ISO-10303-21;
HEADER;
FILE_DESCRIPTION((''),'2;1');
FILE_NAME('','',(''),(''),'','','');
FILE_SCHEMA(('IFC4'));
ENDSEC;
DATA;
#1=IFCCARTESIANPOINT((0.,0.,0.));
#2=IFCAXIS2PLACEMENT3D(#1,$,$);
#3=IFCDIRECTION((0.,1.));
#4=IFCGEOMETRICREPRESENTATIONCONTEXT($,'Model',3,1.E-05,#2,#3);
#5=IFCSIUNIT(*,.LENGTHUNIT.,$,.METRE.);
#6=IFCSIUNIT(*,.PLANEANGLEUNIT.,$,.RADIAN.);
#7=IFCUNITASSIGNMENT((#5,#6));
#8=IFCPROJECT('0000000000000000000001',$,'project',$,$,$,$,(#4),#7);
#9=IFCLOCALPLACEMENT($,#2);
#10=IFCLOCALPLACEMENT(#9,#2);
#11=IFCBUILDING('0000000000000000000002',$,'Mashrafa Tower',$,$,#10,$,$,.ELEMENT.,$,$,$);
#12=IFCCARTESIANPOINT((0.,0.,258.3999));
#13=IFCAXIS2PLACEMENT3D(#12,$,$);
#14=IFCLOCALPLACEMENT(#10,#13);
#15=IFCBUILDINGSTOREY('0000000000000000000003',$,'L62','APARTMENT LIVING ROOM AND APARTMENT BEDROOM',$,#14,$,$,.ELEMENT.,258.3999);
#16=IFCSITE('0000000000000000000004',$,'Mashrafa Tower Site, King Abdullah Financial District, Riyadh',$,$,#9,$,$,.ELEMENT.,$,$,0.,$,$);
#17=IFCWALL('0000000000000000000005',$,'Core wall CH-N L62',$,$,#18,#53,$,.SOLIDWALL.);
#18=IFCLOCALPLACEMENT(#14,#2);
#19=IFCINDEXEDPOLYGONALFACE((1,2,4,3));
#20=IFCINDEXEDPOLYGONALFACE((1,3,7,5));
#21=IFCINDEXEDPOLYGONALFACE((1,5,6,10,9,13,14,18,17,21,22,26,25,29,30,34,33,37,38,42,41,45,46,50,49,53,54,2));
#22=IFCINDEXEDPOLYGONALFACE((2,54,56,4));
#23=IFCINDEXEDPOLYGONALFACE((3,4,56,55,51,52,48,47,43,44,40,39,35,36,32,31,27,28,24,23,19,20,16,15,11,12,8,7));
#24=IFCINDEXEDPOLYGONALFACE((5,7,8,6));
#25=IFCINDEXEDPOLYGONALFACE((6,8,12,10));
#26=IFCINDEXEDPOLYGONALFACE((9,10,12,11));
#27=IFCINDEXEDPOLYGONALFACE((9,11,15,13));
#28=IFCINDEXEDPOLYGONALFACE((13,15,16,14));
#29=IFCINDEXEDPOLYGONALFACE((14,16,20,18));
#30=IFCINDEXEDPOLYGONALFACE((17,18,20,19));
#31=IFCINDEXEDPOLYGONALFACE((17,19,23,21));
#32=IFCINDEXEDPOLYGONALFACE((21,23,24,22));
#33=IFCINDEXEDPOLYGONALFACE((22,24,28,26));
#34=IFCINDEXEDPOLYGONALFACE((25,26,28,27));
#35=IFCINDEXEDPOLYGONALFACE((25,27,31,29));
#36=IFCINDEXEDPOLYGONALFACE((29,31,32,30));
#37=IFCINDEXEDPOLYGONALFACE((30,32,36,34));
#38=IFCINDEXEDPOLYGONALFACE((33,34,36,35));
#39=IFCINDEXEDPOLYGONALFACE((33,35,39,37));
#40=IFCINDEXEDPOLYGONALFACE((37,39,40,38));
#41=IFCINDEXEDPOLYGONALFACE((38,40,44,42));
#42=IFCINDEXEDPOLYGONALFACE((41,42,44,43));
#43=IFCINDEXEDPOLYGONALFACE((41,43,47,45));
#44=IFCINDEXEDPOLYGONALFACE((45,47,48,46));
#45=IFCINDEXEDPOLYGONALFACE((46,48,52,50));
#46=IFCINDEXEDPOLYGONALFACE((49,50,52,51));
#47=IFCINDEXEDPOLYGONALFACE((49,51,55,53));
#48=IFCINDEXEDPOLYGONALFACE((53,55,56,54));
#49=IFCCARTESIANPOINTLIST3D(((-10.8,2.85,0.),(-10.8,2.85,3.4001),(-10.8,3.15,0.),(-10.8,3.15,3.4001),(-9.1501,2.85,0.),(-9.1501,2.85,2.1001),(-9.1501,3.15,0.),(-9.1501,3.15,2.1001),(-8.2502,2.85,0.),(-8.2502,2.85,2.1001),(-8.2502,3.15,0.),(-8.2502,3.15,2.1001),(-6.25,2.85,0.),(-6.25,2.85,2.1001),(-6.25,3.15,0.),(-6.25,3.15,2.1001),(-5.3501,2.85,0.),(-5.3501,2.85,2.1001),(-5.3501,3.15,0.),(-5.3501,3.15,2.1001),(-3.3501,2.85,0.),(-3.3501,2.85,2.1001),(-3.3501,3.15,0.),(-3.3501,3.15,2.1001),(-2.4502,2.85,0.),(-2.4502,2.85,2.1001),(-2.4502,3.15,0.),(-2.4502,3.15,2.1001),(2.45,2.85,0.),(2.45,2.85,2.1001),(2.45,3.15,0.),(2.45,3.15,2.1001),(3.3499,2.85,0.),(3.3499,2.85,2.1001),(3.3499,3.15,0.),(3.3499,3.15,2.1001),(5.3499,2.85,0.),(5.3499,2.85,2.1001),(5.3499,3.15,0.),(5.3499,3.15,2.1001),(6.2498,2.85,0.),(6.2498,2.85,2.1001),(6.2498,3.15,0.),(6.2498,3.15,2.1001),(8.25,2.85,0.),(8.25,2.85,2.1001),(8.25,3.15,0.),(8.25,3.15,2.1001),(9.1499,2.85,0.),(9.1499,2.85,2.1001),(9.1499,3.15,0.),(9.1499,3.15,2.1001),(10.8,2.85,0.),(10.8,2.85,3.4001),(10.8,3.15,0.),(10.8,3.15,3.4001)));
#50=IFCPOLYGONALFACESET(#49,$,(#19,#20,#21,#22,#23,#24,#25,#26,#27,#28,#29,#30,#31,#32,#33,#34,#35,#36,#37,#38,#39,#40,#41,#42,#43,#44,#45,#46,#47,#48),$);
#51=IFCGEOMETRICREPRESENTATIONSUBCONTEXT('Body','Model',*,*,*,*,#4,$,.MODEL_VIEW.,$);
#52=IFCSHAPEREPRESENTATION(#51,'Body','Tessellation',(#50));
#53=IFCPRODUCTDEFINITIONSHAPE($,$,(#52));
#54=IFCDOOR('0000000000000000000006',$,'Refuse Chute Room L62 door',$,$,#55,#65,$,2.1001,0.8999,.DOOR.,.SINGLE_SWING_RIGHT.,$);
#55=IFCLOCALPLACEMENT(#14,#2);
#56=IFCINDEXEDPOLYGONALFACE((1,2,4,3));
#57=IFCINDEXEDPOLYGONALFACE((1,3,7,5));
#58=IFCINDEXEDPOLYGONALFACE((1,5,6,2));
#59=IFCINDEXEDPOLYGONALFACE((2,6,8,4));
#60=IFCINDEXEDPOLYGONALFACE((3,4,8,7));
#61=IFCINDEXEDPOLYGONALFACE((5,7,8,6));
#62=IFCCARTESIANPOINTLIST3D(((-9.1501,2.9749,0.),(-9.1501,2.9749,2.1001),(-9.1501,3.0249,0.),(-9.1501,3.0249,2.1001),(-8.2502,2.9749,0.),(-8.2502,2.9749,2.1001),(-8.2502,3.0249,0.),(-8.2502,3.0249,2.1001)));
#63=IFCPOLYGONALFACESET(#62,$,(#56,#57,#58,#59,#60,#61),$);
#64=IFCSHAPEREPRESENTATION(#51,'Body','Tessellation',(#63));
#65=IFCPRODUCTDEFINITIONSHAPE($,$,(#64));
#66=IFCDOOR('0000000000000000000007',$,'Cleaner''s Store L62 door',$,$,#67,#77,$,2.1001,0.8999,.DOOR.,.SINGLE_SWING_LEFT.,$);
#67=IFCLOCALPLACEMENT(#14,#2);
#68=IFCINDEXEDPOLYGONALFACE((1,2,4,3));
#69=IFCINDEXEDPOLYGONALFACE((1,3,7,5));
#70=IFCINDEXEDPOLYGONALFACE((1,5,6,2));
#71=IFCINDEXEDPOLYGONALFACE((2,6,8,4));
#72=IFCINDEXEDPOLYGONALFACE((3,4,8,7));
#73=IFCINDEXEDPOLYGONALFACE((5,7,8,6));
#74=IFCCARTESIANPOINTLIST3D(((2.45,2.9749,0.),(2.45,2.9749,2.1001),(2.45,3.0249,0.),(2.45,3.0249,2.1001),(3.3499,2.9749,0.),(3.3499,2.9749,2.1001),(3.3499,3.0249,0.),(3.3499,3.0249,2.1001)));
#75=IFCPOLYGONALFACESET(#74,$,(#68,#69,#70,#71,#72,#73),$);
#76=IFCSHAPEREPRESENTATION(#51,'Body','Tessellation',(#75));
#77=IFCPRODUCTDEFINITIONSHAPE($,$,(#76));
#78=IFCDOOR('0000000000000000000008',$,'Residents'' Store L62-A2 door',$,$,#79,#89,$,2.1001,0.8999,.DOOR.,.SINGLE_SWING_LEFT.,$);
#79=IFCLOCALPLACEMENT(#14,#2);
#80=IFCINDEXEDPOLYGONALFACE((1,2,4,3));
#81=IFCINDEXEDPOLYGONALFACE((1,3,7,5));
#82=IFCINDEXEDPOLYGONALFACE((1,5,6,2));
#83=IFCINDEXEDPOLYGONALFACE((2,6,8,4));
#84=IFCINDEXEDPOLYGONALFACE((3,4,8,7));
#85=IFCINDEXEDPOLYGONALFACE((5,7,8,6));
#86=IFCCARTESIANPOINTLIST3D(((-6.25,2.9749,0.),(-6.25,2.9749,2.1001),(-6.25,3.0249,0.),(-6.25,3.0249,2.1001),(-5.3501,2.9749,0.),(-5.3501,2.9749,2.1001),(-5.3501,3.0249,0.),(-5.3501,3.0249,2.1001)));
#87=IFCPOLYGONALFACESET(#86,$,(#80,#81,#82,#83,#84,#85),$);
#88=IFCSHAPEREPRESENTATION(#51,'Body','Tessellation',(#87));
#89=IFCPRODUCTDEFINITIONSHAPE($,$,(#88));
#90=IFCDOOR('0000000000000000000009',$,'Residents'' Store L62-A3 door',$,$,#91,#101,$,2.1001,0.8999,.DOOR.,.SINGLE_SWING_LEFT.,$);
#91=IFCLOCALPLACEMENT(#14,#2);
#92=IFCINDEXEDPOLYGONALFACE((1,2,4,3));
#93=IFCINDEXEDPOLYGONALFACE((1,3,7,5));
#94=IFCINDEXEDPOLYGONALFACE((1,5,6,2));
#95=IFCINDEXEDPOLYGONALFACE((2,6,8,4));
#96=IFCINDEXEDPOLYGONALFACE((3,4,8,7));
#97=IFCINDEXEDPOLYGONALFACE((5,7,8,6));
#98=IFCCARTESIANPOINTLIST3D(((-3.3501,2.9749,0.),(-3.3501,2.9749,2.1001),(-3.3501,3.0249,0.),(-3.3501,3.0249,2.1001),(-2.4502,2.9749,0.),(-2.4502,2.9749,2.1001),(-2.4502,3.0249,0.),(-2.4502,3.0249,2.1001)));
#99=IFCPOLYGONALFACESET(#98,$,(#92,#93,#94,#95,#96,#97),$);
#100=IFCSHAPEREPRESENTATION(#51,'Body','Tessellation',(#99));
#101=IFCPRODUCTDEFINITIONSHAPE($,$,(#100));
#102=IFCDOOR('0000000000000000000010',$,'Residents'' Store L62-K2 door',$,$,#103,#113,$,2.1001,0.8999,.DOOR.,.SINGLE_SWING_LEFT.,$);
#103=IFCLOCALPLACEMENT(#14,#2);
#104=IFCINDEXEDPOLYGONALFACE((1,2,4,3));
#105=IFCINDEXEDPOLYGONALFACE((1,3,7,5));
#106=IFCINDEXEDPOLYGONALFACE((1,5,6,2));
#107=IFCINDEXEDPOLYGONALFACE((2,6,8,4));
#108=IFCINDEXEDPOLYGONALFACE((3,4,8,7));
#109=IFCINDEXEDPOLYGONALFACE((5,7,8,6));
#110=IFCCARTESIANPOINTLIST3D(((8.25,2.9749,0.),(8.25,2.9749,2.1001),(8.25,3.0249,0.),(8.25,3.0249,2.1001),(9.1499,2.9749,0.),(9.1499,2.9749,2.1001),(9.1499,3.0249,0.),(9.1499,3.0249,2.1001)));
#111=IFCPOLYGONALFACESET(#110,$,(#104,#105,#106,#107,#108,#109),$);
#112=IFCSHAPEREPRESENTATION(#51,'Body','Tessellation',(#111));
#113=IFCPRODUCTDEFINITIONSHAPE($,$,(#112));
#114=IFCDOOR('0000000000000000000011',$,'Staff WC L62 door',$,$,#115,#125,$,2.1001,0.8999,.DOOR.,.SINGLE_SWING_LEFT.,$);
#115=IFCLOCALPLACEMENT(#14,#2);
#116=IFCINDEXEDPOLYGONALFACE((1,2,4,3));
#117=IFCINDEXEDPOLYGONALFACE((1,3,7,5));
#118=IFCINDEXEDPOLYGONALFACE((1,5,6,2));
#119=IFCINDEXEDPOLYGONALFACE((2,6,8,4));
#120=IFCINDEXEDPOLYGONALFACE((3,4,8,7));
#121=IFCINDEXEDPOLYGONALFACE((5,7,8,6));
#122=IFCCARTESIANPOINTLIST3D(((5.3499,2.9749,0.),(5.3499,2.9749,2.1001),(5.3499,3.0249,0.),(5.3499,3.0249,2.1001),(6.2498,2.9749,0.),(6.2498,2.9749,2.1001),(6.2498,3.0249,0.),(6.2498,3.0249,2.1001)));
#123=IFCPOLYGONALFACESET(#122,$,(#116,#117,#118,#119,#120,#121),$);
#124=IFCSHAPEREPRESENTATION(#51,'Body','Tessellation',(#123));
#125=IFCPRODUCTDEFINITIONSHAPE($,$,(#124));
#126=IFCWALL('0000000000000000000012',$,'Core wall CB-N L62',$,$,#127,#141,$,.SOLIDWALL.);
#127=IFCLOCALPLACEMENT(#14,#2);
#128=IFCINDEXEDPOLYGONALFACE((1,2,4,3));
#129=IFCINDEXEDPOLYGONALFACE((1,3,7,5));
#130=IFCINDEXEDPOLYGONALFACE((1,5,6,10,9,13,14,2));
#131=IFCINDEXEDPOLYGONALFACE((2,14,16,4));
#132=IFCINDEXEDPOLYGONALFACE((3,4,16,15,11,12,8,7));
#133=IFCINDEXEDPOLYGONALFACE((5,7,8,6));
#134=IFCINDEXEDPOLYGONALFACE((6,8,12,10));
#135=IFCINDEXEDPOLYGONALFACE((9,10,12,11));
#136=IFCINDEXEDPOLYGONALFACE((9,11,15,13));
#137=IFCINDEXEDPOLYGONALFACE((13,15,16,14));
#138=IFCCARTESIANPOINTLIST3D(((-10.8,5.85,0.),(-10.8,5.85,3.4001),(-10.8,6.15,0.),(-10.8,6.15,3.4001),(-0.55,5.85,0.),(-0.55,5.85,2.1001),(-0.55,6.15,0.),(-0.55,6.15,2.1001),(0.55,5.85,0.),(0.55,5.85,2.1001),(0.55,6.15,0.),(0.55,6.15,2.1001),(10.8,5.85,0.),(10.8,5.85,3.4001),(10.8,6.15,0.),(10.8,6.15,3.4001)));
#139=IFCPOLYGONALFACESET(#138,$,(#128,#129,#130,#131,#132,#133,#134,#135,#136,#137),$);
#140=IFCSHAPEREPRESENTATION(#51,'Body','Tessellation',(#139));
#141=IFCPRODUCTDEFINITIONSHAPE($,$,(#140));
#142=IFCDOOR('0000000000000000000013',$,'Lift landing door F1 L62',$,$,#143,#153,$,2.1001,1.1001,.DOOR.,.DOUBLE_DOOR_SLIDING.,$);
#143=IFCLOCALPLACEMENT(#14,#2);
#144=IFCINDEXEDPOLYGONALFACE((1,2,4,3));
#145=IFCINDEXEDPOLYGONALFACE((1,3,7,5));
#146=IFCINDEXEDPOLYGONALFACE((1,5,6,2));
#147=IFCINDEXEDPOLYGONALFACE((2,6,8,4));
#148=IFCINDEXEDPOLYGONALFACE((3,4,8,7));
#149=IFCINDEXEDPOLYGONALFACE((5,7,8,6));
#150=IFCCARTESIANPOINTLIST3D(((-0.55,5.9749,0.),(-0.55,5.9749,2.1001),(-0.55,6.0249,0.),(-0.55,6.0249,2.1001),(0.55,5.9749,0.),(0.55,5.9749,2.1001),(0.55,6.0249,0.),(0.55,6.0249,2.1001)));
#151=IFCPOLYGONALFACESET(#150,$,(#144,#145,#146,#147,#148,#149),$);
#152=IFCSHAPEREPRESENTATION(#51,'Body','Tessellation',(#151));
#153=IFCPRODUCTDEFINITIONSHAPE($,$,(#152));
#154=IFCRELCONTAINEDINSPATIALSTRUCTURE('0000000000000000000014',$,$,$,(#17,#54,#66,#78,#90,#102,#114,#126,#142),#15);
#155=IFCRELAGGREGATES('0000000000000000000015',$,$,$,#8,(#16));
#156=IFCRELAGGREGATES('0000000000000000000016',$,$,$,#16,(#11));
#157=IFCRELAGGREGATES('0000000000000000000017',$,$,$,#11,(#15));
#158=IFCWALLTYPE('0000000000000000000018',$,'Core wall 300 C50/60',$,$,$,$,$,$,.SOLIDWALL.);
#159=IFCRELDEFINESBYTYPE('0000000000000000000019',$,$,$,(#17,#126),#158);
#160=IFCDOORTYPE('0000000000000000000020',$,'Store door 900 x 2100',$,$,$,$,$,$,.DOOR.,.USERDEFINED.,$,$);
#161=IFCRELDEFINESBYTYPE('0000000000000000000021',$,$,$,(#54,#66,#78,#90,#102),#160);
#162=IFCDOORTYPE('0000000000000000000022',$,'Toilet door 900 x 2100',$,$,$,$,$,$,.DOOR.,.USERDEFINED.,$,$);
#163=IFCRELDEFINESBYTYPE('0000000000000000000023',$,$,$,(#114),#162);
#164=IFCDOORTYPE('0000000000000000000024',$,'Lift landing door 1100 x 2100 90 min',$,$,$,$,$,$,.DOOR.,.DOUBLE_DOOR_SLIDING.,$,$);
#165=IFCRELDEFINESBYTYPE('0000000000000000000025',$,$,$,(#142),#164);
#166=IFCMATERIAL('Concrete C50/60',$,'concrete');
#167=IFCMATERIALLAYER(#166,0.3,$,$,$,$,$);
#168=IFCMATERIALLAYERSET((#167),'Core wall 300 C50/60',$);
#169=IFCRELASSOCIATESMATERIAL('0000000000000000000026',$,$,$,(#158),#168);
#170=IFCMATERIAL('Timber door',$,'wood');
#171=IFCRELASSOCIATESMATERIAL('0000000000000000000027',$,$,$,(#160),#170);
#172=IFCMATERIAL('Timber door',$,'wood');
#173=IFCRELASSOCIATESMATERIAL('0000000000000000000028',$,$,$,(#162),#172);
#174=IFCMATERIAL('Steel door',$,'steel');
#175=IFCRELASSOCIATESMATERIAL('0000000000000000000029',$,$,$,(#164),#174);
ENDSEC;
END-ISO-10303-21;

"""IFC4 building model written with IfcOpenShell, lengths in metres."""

from ifc_helpers import new_model, si_unit, direction, frame, frame_2d, origin, place, context, subcontext, project, spatial, rectangle, extrude, material, layer, layer_set, type_object, element, fill, save


model = new_model("IFC4")

# Units and contexts
model_context = context("Model", 3, precision=1e-05, world=origin(), true_north=direction((0.0, 1.0)))
body_context = subcontext(model_context, "Body", "Model", "MODEL_VIEW")
ifc_project = project(units=[si_unit("LENGTHUNIT", "METRE"), si_unit("PLANEANGLEUNIT", "RADIAN")], contexts=[model_context])

# Site, building, storey
site_placement = place(None, origin())
site = spatial("IfcSite", under=ifc_project, at=site_placement, Name="Mashrafa Tower Site, King Abdullah Financial District, Riyadh", CompositionType="ELEMENT", RefElevation=0.0)
building_placement = place(site_placement, origin())
building = spatial("IfcBuilding", under=site, at=building_placement, Name="Mashrafa Tower", CompositionType="ELEMENT")
storey_placement = place(building_placement, frame((0.0, 0.0, 258.3999)))
storey = spatial("IfcBuildingStorey", under=building, at=storey_placement, Name="L62", Description="APARTMENT LIVING ROOM AND APARTMENT BEDROOM", CompositionType="ELEMENT", Elevation=258.3999)

# Wall, openings, doors
ifc_material_1 = material(Name="Concrete C50/60", Category="concrete")
ifc_layer_1 = layer(ifc_material_1, 0.3)
ifc_layer_set_1 = layer_set([ifc_layer_1], Name="Core wall 300 C50/60")
wall_type_1 = type_object("IfcWallType", Name="Core wall 300 C50/60", PredefinedType="SOLIDWALL", material=ifc_layer_set_1)
wall_1_placement = place(storey_placement, frame((-10.8, 3.0, 0.0), z_axis=(0.0, 0.0, 1.0), x_axis=(1.0, 0.0, 0.0)))
wall_1 = element("IfcWall", 1, at=wall_1_placement, inside=storey, type_object=wall_type_1, Name="Core wall CH-N L62", PredefinedType="SOLIDWALL", context=body_context, shape_type="SweptSolid", body=[
    extrude(rectangle(XDim=21.6001, YDim=0.3, at=frame_2d((10.8, 0.0))), origin(), (0.0, 0.0, 1.0), 3.4001),
])
opening_1_placement = place(wall_1_placement, frame((1.6499, 0.0, 0.0)))
opening_1 = element("IfcOpeningElement", 2, at=opening_1_placement, cuts=wall_1, PredefinedType="OPENING", context=body_context, shape_type="SweptSolid", body=[
    extrude(rectangle(XDim=0.8999, YDim=2.1001, at=frame_2d((0.45, 1.05))), frame((0.0, 0.1599, 0.0), z_axis=(0.0, -1.0, 0.0), x_axis=(1.0, 0.0, 0.0)), (0.0, 0.0, 1.0), 0.3201),
])
opening_2_placement = place(wall_1_placement, frame((13.25, 0.0, 0.0)))
opening_2 = element("IfcOpeningElement", 3, at=opening_2_placement, cuts=wall_1, PredefinedType="OPENING", context=body_context, shape_type="SweptSolid", body=[
    extrude(rectangle(XDim=0.8999, YDim=2.1001, at=frame_2d((0.45, 1.05))), frame((0.0, 0.1599, 0.0), z_axis=(0.0, -1.0, 0.0), x_axis=(1.0, 0.0, 0.0)), (0.0, 0.0, 1.0), 0.3201),
])
opening_3_placement = place(wall_1_placement, frame((16.1499, 0.0, 0.0)))
opening_3 = element("IfcOpeningElement", 4, at=opening_3_placement, cuts=wall_1, PredefinedType="OPENING", context=body_context, shape_type="SweptSolid", body=[
    extrude(rectangle(XDim=0.8999, YDim=2.1001, at=frame_2d((0.45, 1.05))), frame((0.0, 0.1599, 0.0), z_axis=(0.0, -1.0, 0.0), x_axis=(1.0, 0.0, 0.0)), (0.0, 0.0, 1.0), 0.3201),
])
opening_4_placement = place(wall_1_placement, frame((4.55, 0.0, 0.0)))
opening_4 = element("IfcOpeningElement", 5, at=opening_4_placement, cuts=wall_1, PredefinedType="OPENING", context=body_context, shape_type="SweptSolid", body=[
    extrude(rectangle(XDim=0.8999, YDim=2.1001, at=frame_2d((0.45, 1.05))), frame((0.0, 0.1599, 0.0), z_axis=(0.0, -1.0, 0.0), x_axis=(1.0, 0.0, 0.0)), (0.0, 0.0, 1.0), 0.3201),
])
opening_5_placement = place(wall_1_placement, frame((7.45, 0.0, 0.0)))
opening_5 = element("IfcOpeningElement", 6, at=opening_5_placement, cuts=wall_1, PredefinedType="OPENING", context=body_context, shape_type="SweptSolid", body=[
    extrude(rectangle(XDim=0.8999, YDim=2.1001, at=frame_2d((0.45, 1.05))), frame((0.0, 0.1599, 0.0), z_axis=(0.0, -1.0, 0.0), x_axis=(1.0, 0.0, 0.0)), (0.0, 0.0, 1.0), 0.3201),
])
opening_6_placement = place(wall_1_placement, frame((19.05, 0.0, 0.0)))
opening_6 = element("IfcOpeningElement", 7, at=opening_6_placement, cuts=wall_1, PredefinedType="OPENING", context=body_context, shape_type="SweptSolid", body=[
    extrude(rectangle(XDim=0.8999, YDim=2.1001, at=frame_2d((0.45, 1.05))), frame((0.0, 0.1599, 0.0), z_axis=(0.0, -1.0, 0.0), x_axis=(1.0, 0.0, 0.0)), (0.0, 0.0, 1.0), 0.3201),
])
ifc_material_2 = material(Name="Timber door", Category="wood")
door_type_1 = type_object("IfcDoorType", Name="Store door 900 x 2100", OperationType="USERDEFINED", PredefinedType="DOOR", material=ifc_material_2)
door_1_placement = place(opening_1_placement, origin())
door_1 = element("IfcDoor", 8, at=door_1_placement, inside=storey, type_object=door_type_1, Name="Refuse Chute Room L62 door", OperationType="SINGLE_SWING_RIGHT", OverallHeight=2.1001, OverallWidth=0.8999, PredefinedType="DOOR", context=body_context, shape_type="SweptSolid", body=[
    extrude(rectangle(XDim=0.8999, YDim=2.1001, at=frame_2d((0.45, 1.05))), frame((0.0, 0.0249, 0.0), z_axis=(0.0, -1.0, 0.0), x_axis=(1.0, 0.0, 0.0)), (0.0, 0.0, 1.0), 0.05),
])
fill(opening_1, door_1)
door_2_placement = place(opening_2_placement, origin())
door_2 = element("IfcDoor", 9, at=door_2_placement, inside=storey, type_object=door_type_1, Name="Cleaner's Store L62 door", OperationType="SINGLE_SWING_LEFT", OverallHeight=2.1001, OverallWidth=0.8999, PredefinedType="DOOR", context=body_context, shape_type="SweptSolid", body=[
    extrude(rectangle(XDim=0.8999, YDim=2.1001, at=frame_2d((0.45, 1.05))), frame((0.0, 0.0249, 0.0), z_axis=(0.0, -1.0, 0.0), x_axis=(1.0, 0.0, 0.0)), (0.0, 0.0, 1.0), 0.05),
])
fill(opening_2, door_2)
door_3_placement = place(opening_4_placement, origin())
door_3 = element("IfcDoor", 10, at=door_3_placement, inside=storey, type_object=door_type_1, Name="Residents' Store L62-A2 door", OperationType="SINGLE_SWING_LEFT", OverallHeight=2.1001, OverallWidth=0.8999, PredefinedType="DOOR", context=body_context, shape_type="SweptSolid", body=[
    extrude(rectangle(XDim=0.8999, YDim=2.1001, at=frame_2d((0.45, 1.05))), frame((0.0, 0.0249, 0.0), z_axis=(0.0, -1.0, 0.0), x_axis=(1.0, 0.0, 0.0)), (0.0, 0.0, 1.0), 0.05),
])
fill(opening_4, door_3)
door_4_placement = place(opening_5_placement, origin())
door_4 = element("IfcDoor", 11, at=door_4_placement, inside=storey, type_object=door_type_1, Name="Residents' Store L62-A3 door", OperationType="SINGLE_SWING_LEFT", OverallHeight=2.1001, OverallWidth=0.8999, PredefinedType="DOOR", context=body_context, shape_type="SweptSolid", body=[
    extrude(rectangle(XDim=0.8999, YDim=2.1001, at=frame_2d((0.45, 1.05))), frame((0.0, 0.0249, 0.0), z_axis=(0.0, -1.0, 0.0), x_axis=(1.0, 0.0, 0.0)), (0.0, 0.0, 1.0), 0.05),
])
fill(opening_5, door_4)
door_5_placement = place(opening_6_placement, origin())
door_5 = element("IfcDoor", 12, at=door_5_placement, inside=storey, type_object=door_type_1, Name="Residents' Store L62-K2 door", OperationType="SINGLE_SWING_LEFT", OverallHeight=2.1001, OverallWidth=0.8999, PredefinedType="DOOR", context=body_context, shape_type="SweptSolid", body=[
    extrude(rectangle(XDim=0.8999, YDim=2.1001, at=frame_2d((0.45, 1.05))), frame((0.0, 0.0249, 0.0), z_axis=(0.0, -1.0, 0.0), x_axis=(1.0, 0.0, 0.0)), (0.0, 0.0, 1.0), 0.05),
])
fill(opening_6, door_5)
ifc_material_3 = material(Name="Timber door", Category="wood")
door_type_2 = type_object("IfcDoorType", Name="Toilet door 900 x 2100", OperationType="USERDEFINED", PredefinedType="DOOR", material=ifc_material_3)
door_6_placement = place(opening_3_placement, origin())
door_6 = element("IfcDoor", 13, at=door_6_placement, inside=storey, type_object=door_type_2, Name="Staff WC L62 door", OperationType="SINGLE_SWING_LEFT", OverallHeight=2.1001, OverallWidth=0.8999, PredefinedType="DOOR", context=body_context, shape_type="SweptSolid", body=[
    extrude(rectangle(XDim=0.8999, YDim=2.1001, at=frame_2d((0.45, 1.05))), frame((0.0, 0.0249, 0.0), z_axis=(0.0, -1.0, 0.0), x_axis=(1.0, 0.0, 0.0)), (0.0, 0.0, 1.0), 0.05),
])
fill(opening_3, door_6)

# Wall, opening, door
wall_2_placement = place(storey_placement, frame((-10.8, 6.0, 0.0), z_axis=(0.0, 0.0, 1.0), x_axis=(1.0, 0.0, 0.0)))
wall_2 = element("IfcWall", 14, at=wall_2_placement, inside=storey, type_object=wall_type_1, Name="Core wall CB-N L62", PredefinedType="SOLIDWALL", context=body_context, shape_type="SweptSolid", body=[
    extrude(rectangle(XDim=21.6001, YDim=0.3, at=frame_2d((10.8, 0.0))), origin(), (0.0, 0.0, 1.0), 3.4001),
])
opening_7_placement = place(wall_2_placement, frame((10.25, 0.0, 0.0)))
opening_7 = element("IfcOpeningElement", 15, at=opening_7_placement, cuts=wall_2, PredefinedType="OPENING", context=body_context, shape_type="SweptSolid", body=[
    extrude(rectangle(XDim=1.1001, YDim=2.1001, at=frame_2d((0.55, 1.05))), frame((0.0, 0.1599, 0.0), z_axis=(0.0, -1.0, 0.0), x_axis=(1.0, 0.0, 0.0)), (0.0, 0.0, 1.0), 0.3201),
])
ifc_material_4 = material(Name="Steel door", Category="steel")
door_type_3 = type_object("IfcDoorType", Name="Lift landing door 1100 x 2100 90 min", OperationType="DOUBLE_DOOR_SLIDING", PredefinedType="DOOR", material=ifc_material_4)
door_7_placement = place(opening_7_placement, origin())
door_7 = element("IfcDoor", 16, at=door_7_placement, inside=storey, type_object=door_type_3, Name="Lift landing door F1 L62", OperationType="DOUBLE_DOOR_SLIDING", OverallHeight=2.1001, OverallWidth=1.1001, PredefinedType="DOOR", context=body_context, shape_type="SweptSolid", body=[
    extrude(rectangle(XDim=1.1001, YDim=2.1001, at=frame_2d((0.55, 1.05))), frame((0.0, 0.0249, 0.0), z_axis=(0.0, -1.0, 0.0), x_axis=(1.0, 0.0, 0.0)), (0.0, 0.0, 1.0), 0.05),
])
fill(opening_7, door_7)

save(model, "model.ifc")
